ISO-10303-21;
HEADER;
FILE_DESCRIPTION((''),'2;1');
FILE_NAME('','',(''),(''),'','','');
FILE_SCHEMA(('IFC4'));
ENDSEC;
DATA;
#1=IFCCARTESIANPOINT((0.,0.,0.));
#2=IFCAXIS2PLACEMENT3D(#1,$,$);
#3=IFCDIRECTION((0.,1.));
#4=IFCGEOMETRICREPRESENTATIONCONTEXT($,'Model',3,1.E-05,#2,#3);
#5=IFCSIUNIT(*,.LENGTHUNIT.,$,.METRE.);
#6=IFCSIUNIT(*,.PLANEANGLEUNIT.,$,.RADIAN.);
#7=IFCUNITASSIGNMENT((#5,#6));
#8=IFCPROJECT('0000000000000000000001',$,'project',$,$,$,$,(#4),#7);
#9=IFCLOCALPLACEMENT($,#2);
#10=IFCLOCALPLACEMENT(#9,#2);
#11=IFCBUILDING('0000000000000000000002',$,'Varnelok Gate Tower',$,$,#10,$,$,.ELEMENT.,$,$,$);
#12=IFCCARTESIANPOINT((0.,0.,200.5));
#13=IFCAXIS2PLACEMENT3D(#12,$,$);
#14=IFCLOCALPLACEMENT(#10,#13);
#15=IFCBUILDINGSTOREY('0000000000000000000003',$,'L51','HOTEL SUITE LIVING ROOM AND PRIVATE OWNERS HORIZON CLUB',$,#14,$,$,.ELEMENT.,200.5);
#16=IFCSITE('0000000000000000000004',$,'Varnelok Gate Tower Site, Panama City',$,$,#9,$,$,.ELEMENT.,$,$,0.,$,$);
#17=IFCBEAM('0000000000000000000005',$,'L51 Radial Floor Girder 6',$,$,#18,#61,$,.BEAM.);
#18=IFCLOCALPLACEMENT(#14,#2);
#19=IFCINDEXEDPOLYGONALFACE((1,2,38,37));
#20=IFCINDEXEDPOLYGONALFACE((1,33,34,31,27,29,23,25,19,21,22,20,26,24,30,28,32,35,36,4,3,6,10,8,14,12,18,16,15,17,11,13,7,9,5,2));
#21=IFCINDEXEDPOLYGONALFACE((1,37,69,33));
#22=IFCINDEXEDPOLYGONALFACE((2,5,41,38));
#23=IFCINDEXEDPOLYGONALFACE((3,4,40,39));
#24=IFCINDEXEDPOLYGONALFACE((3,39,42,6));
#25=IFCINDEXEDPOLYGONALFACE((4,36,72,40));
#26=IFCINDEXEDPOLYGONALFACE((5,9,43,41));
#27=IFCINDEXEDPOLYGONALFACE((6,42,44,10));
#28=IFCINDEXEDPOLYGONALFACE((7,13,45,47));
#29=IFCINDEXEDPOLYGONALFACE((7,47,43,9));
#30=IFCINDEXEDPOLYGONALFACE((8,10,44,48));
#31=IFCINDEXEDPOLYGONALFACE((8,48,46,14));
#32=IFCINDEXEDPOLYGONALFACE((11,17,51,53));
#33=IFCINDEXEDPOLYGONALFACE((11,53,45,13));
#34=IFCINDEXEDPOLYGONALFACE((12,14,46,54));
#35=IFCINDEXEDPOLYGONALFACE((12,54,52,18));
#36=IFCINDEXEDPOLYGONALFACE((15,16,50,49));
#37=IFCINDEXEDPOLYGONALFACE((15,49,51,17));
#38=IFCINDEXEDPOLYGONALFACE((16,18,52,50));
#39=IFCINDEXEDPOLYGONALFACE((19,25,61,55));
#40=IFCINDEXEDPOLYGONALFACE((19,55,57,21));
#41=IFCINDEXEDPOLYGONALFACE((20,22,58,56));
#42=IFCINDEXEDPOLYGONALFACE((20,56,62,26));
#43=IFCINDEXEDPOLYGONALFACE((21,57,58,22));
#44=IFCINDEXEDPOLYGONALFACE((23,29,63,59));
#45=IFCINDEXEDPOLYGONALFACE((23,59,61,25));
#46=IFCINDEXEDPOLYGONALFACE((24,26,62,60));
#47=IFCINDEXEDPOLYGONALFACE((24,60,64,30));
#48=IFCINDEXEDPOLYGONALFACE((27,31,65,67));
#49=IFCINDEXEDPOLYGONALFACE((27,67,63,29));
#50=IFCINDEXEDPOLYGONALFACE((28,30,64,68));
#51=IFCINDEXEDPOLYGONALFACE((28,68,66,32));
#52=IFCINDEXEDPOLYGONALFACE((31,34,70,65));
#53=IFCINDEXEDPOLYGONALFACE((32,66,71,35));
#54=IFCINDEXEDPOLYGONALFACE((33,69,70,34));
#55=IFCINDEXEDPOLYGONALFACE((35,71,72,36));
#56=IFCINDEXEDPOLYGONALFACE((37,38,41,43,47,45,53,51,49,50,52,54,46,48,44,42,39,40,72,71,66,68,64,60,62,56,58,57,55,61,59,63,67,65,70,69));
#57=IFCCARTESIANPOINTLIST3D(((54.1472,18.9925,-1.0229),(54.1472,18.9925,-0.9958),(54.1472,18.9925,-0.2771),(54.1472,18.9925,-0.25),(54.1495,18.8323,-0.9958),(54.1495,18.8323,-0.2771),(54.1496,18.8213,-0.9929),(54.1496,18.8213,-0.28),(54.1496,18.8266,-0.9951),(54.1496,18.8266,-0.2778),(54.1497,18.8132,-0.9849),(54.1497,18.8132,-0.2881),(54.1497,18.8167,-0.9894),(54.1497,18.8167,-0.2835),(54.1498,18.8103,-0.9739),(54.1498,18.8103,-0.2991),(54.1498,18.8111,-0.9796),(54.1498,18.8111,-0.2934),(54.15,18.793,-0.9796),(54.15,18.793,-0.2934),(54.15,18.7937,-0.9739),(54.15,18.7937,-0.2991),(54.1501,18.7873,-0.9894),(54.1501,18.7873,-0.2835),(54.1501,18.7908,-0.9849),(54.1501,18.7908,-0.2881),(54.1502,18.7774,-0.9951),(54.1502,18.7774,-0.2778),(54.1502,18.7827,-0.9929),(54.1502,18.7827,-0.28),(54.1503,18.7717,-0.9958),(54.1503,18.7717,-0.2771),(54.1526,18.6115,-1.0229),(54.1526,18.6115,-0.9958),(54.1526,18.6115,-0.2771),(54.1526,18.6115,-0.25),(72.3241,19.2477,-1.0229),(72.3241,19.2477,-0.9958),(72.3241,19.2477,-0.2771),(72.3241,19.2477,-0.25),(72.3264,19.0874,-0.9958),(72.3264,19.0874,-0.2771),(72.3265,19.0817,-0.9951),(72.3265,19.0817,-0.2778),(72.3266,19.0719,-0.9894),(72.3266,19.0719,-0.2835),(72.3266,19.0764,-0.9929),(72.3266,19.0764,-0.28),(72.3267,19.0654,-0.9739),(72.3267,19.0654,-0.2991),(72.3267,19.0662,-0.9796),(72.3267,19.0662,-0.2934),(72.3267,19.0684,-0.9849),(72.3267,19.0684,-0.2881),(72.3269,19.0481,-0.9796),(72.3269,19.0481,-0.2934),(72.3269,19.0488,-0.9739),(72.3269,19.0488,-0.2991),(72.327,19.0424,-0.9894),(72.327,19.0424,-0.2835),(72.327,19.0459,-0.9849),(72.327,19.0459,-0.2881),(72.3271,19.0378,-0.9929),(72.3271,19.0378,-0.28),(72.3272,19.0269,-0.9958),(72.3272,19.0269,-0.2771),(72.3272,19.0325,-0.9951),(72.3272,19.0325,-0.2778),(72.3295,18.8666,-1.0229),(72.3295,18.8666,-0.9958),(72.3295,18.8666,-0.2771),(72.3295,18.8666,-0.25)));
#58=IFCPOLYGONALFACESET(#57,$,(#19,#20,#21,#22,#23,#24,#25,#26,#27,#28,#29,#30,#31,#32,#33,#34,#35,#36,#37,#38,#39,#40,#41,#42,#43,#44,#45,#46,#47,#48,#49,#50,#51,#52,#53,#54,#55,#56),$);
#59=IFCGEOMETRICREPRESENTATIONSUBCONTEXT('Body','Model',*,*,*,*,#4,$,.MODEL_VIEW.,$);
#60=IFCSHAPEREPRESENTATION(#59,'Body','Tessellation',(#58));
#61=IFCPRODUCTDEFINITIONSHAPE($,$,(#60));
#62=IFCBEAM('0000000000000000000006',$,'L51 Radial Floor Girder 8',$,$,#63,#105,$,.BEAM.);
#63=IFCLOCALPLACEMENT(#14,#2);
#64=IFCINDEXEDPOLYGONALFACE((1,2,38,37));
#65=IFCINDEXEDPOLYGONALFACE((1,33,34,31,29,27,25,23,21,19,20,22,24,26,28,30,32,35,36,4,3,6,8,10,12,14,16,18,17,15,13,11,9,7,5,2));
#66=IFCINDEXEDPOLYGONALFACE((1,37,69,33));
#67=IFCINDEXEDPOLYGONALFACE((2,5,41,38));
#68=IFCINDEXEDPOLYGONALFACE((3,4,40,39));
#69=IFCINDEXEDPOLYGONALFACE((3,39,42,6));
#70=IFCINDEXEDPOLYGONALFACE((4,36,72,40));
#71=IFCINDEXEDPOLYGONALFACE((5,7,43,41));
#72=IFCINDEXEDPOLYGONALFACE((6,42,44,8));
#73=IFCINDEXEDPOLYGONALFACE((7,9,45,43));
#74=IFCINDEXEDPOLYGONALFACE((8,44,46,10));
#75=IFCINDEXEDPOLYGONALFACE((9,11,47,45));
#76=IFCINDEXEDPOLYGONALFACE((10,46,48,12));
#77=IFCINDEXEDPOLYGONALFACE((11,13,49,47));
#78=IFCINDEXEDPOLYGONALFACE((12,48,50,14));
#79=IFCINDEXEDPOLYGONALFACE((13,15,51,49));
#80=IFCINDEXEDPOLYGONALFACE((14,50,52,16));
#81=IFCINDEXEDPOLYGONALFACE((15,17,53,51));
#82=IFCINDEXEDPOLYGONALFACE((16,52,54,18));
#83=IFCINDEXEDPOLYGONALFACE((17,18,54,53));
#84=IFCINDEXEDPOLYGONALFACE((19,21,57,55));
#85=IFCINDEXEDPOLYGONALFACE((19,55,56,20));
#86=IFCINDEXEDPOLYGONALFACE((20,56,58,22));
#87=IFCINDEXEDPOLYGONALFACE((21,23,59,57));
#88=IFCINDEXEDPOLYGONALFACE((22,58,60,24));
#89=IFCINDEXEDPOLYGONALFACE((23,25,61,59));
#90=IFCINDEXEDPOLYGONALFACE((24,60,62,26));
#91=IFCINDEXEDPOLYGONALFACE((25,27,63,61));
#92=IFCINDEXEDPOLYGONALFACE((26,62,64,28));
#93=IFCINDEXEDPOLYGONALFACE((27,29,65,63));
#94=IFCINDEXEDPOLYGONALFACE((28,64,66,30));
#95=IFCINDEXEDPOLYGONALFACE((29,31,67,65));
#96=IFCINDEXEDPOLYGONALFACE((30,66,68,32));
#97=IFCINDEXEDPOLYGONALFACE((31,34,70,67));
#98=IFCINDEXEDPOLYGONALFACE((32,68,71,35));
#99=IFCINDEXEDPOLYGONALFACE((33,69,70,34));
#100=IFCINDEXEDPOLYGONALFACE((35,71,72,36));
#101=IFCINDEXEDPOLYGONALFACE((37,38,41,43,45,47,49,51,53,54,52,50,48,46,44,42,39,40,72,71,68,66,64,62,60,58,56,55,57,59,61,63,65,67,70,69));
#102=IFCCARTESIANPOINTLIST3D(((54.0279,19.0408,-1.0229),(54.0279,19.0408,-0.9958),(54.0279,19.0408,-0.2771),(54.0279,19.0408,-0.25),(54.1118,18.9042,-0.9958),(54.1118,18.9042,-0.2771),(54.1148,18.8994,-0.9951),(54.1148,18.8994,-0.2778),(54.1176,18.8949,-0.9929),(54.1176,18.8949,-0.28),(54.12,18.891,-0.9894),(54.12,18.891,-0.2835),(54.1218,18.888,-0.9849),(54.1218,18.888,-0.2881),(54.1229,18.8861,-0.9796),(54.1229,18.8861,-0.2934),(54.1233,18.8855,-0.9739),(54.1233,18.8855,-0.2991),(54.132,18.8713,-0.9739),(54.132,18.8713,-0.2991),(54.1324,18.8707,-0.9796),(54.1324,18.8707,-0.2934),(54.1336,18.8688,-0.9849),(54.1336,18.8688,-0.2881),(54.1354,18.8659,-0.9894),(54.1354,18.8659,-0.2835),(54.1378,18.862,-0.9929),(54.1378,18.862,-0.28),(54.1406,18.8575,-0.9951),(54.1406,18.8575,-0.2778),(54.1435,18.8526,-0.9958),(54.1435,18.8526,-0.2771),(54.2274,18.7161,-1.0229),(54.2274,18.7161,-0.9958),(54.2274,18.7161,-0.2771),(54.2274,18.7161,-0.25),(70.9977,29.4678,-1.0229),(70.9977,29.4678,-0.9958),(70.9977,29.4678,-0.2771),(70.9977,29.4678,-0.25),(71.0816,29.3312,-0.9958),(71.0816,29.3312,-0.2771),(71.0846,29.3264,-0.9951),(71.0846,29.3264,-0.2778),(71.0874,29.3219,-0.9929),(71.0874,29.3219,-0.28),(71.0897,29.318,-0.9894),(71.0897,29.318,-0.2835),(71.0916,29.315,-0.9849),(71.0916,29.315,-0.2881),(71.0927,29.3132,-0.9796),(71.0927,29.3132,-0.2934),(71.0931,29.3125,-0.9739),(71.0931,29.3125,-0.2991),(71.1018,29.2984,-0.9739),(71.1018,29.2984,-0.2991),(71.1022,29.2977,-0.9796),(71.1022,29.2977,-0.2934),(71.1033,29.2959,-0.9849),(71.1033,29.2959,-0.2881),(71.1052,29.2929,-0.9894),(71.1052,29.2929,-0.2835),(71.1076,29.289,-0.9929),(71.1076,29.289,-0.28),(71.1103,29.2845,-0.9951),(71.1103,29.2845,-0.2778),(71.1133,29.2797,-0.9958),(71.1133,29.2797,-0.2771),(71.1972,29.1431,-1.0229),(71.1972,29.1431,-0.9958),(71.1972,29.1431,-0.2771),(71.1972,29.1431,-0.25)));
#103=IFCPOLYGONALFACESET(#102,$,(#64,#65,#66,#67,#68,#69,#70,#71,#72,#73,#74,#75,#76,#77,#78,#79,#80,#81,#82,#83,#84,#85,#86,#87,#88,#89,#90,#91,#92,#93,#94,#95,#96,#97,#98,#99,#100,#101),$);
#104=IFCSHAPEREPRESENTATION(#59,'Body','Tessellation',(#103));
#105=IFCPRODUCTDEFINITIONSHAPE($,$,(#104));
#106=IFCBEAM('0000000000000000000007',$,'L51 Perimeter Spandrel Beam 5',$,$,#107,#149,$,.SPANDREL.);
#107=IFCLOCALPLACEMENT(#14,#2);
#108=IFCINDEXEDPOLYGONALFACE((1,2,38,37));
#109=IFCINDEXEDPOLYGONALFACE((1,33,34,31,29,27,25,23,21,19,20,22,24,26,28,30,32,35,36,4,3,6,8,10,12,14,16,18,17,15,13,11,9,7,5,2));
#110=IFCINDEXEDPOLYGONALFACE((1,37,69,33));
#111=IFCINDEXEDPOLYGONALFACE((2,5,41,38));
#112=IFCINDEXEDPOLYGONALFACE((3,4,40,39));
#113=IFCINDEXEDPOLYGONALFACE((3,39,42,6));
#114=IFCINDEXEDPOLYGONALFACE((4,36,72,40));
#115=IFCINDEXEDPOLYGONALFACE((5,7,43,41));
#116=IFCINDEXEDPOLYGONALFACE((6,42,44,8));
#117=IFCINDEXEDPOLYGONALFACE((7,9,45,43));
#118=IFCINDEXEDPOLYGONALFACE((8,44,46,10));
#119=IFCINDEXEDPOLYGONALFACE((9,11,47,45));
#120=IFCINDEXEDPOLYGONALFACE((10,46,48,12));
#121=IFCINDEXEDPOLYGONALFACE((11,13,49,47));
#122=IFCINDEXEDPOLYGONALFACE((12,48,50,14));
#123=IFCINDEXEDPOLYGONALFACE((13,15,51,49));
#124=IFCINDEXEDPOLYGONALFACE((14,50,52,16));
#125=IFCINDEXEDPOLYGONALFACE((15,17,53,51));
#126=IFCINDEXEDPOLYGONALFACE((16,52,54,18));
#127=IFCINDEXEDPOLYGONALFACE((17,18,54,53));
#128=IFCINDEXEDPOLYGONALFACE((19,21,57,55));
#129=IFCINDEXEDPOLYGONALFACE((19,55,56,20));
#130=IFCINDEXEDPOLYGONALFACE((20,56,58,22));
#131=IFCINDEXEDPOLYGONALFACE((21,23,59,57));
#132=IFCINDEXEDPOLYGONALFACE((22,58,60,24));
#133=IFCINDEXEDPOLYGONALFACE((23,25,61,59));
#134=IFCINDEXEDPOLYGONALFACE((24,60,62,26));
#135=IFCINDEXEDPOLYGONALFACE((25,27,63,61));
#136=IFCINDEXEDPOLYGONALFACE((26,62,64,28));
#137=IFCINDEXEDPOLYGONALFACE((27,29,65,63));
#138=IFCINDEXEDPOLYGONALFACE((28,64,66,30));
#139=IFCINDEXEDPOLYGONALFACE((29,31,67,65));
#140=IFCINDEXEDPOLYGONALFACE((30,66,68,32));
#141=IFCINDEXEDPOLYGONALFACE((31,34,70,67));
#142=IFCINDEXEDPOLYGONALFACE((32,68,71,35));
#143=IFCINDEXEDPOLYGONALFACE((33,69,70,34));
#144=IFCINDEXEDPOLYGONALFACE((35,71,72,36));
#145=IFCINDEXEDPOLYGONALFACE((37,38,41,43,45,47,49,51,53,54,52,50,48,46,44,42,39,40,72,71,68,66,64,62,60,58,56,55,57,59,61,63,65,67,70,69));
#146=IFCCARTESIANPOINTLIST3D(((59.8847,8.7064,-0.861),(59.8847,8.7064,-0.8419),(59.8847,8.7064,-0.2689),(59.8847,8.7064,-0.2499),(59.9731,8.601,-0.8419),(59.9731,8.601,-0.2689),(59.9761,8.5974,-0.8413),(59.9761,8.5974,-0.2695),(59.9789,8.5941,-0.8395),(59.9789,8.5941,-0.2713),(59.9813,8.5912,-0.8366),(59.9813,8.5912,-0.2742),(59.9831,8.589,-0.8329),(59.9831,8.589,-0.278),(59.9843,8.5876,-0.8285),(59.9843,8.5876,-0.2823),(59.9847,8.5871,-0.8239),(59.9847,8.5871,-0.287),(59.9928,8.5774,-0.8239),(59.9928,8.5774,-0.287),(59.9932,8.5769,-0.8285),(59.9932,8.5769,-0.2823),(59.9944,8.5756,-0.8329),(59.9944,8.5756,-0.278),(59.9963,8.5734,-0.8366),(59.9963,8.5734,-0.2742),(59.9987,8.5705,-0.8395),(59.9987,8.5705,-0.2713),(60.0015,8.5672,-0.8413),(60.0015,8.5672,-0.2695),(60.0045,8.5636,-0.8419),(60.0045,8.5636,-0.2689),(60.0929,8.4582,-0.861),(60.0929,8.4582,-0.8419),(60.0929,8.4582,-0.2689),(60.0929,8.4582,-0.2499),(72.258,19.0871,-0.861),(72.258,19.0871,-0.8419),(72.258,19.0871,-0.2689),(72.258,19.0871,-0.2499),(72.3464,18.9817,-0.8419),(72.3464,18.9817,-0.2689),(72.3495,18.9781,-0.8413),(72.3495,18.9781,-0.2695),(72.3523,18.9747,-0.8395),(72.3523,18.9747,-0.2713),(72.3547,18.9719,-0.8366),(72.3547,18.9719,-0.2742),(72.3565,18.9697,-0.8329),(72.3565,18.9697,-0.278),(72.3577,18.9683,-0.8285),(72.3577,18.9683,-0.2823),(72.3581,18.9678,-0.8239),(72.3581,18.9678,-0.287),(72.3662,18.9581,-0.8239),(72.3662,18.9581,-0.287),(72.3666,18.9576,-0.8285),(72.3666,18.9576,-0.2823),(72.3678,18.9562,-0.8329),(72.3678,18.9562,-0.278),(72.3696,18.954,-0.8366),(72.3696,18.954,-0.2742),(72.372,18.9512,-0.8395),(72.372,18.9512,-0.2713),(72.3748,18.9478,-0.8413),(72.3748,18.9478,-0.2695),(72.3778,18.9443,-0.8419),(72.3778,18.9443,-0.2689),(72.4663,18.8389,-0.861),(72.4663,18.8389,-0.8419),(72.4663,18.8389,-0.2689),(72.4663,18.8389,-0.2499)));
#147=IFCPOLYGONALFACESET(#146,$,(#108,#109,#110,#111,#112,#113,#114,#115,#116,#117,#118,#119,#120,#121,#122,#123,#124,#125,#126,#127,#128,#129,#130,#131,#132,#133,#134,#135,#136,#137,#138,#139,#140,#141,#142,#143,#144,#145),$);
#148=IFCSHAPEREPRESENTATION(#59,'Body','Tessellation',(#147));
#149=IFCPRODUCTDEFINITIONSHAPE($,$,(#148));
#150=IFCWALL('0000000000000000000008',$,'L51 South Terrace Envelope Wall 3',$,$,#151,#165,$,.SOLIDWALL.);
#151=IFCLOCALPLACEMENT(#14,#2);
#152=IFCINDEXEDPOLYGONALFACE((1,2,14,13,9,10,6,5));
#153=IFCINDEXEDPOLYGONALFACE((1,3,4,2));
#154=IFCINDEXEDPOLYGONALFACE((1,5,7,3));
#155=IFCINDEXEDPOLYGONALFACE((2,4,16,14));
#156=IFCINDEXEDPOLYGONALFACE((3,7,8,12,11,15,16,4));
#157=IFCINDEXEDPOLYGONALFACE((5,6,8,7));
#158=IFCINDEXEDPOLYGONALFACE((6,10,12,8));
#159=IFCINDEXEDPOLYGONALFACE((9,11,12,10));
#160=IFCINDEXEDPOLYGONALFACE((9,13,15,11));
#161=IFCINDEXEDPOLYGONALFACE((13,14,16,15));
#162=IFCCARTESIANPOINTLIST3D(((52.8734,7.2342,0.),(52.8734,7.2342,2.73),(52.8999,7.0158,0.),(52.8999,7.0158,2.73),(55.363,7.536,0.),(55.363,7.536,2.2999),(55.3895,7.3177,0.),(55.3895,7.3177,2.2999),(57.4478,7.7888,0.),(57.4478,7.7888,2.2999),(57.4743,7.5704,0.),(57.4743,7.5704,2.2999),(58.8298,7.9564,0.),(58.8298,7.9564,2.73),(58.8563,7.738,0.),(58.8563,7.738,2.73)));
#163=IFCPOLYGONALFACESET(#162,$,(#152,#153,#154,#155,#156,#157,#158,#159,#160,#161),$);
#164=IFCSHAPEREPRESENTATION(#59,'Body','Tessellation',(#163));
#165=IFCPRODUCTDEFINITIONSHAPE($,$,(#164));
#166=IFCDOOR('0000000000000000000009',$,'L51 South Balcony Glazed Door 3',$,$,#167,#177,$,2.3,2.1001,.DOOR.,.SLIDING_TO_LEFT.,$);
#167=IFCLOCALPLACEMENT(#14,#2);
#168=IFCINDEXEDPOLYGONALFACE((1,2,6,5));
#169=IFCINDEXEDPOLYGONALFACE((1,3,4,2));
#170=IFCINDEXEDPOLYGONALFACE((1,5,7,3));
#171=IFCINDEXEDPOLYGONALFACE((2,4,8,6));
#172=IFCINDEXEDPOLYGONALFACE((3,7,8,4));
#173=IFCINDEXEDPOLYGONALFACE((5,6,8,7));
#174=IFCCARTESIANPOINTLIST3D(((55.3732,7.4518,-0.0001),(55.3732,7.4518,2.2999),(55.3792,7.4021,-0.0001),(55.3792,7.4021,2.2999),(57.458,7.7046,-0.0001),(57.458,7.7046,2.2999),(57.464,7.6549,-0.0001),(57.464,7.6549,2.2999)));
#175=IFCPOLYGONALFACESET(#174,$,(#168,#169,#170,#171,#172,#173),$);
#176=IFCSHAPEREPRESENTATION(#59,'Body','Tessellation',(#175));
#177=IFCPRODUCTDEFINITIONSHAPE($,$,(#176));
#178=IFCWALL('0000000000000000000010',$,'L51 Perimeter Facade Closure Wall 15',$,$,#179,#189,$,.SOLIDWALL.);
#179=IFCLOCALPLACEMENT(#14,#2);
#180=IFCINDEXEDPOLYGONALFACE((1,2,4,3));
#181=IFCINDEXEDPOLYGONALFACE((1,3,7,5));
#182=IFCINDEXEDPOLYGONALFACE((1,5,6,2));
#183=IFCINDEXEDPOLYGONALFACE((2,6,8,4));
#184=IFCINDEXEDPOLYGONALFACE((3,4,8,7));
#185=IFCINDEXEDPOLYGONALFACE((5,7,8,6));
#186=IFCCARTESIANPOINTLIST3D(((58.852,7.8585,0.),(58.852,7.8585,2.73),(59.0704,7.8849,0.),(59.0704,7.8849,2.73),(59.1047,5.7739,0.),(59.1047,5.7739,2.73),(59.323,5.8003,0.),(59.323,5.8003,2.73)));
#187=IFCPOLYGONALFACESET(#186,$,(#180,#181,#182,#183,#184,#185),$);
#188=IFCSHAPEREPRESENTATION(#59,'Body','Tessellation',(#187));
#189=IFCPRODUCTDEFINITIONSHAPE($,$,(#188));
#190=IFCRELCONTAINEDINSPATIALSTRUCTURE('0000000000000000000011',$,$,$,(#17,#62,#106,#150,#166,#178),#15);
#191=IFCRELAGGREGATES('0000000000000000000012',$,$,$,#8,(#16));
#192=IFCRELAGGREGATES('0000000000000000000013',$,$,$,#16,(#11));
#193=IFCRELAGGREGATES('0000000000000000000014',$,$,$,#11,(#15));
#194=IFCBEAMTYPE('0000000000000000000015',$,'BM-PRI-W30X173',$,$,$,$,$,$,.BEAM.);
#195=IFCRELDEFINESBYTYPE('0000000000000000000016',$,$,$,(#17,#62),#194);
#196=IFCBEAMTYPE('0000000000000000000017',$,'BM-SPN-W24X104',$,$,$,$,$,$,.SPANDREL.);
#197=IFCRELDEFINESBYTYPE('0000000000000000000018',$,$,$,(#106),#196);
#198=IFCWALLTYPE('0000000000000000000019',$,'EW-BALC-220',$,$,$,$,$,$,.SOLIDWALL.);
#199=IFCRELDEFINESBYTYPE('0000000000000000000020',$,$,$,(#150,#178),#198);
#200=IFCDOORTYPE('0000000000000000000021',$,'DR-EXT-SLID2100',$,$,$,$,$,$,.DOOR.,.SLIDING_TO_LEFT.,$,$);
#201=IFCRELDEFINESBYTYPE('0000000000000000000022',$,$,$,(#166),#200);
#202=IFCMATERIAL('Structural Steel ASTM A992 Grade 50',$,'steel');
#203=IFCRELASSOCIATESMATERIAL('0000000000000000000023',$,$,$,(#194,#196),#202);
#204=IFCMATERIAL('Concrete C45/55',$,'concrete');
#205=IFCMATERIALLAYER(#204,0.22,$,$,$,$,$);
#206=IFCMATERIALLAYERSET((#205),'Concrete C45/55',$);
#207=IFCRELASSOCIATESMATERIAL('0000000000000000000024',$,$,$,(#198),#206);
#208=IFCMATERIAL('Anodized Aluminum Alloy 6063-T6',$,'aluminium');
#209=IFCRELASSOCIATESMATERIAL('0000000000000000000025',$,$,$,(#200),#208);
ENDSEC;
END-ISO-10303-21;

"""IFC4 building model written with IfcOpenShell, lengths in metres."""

from ifc_helpers import new_model, si_unit, direction, frame, frame_2d, origin, origin_2d, place, context, subcontext, project, spatial, rectangle, i_section, extrude, material, layer, layer_set, material_profile, profile_set, type_object, element, fill, save


model = new_model("IFC4")

# Units and contexts
model_context = context("Model", 3, precision=1e-05, world=origin(), true_north=direction((0.0, 1.0)))
body_context = subcontext(model_context, "Body", "Model", "MODEL_VIEW")
ifc_project = project(units=[si_unit("LENGTHUNIT", "METRE"), si_unit("PLANEANGLEUNIT", "RADIAN")], contexts=[model_context])

# Site, building, storey
site_placement = place(None, origin())
site = spatial("IfcSite", under=ifc_project, at=site_placement, Name="Varnelok Gate Tower Site, Panama City", CompositionType="ELEMENT", RefElevation=0.0)
building_placement = place(site_placement, origin())
building = spatial("IfcBuilding", under=site, at=building_placement, Name="Varnelok Gate Tower", CompositionType="ELEMENT")
storey_placement = place(building_placement, frame((0.0, 0.0, 200.5)))
storey = spatial("IfcBuildingStorey", under=building, at=storey_placement, Name="L51", Description="HOTEL SUITE LIVING ROOM AND PRIVATE OWNERS HORIZON CLUB", CompositionType="ELEMENT", Elevation=200.5)

# Shared definitions
ifc_material_1 = material(Name="Structural Steel ASTM A992 Grade 50", Category="steel")

# Beams
ifc_material_profile_1 = material_profile(ifc_material_1, i_section(OverallWidth=0.3811, OverallDepth=0.7729, WebThickness=0.0166, FlangeThickness=0.0271, FilletRadius=0.022, at=origin_2d()), Name="W30X173")
ifc_profile_set_1 = profile_set([ifc_material_profile_1], Name="Structural Steel ASTM A992 Grade 50")
beam_type_1 = type_object("IfcBeamType", Name="BM-PRI-W30X173", PredefinedType="BEAM", material=ifc_profile_set_1)
beam_1_placement = place(storey_placement, frame((54.1499, 18.802, -0.6365), z_axis=(0.999902, 0.014034, 0.0), x_axis=(-0.014034, 0.999902, 0.0)))
element("IfcBeam", 1, at=beam_1_placement, inside=storey, type_object=beam_type_1, Name="L51 Radial Floor Girder 6", PredefinedType="BEAM", context=body_context, shape_type="SweptSolid", body=[
    extrude(i_section(OverallWidth=0.3811, OverallDepth=0.7729, WebThickness=0.0166, FlangeThickness=0.0271, FilletRadius=0.022, at=origin_2d()), origin(), (0.0, 0.0, 1.0), 18.1787),
])
beam_2_placement = place(storey_placement, frame((54.1277, 18.8784, -0.6365), z_axis=(0.852015, 0.523518, 0.0), x_axis=(-0.523518, 0.852015, 0.0)))
element("IfcBeam", 2, at=beam_2_placement, inside=storey, type_object=beam_type_1, Name="L51 Radial Floor Girder 8", PredefinedType="BEAM", context=body_context, shape_type="SweptSolid", body=[
    extrude(i_section(OverallWidth=0.3811, OverallDepth=0.7729, WebThickness=0.0166, FlangeThickness=0.0271, FilletRadius=0.022, at=origin_2d()), origin(), (0.0, 0.0, 1.0), 19.9172),
])
ifc_material_profile_2 = material_profile(ifc_material_1, i_section(OverallWidth=0.324, OverallDepth=0.6111, WebThickness=0.0127, FlangeThickness=0.019, FilletRadius=0.0181, at=origin_2d()), Name="W24X104")
ifc_profile_set_2 = profile_set([ifc_material_profile_2], Name="Structural Steel ASTM A992 Grade 50")
beam_type_2 = type_object("IfcBeamType", Name="BM-SPN-W24X104", PredefinedType="SPANDREL", material=ifc_profile_set_2)
beam_3_placement = place(storey_placement, frame((59.9888, 8.5823, -0.5554), z_axis=(0.7661, 0.642722, 0.0), x_axis=(-0.642722, 0.7661, 0.0)))
element("IfcBeam", 3, at=beam_3_placement, inside=storey, type_object=beam_type_2, Name="L51 Perimeter Spandrel Beam 5", PredefinedType="SPANDREL", context=body_context, shape_type="SweptSolid", body=[
    extrude(i_section(OverallWidth=0.324, OverallDepth=0.6111, WebThickness=0.0127, FlangeThickness=0.019, FilletRadius=0.0181, at=origin_2d()), origin(), (0.0, 0.0, 1.0), 16.1511),
])

# Wall, opening, door
ifc_material_2 = material(Name="Concrete C45/55", Category="concrete")
ifc_layer_1 = layer(ifc_material_2, 0.22)
ifc_layer_set_1 = layer_set([ifc_layer_1], Name="Concrete C45/55")
wall_type_1 = type_object("IfcWallType", Name="EW-BALC-220", PredefinedType="SOLIDWALL", material=ifc_layer_set_1)
wall_1_placement = place(storey_placement, frame((58.843, 7.8472, 0.0), z_axis=(0.0, 0.0, 1.0), x_axis=(-0.99273, -0.120363, 0.0)))
wall_1 = element("IfcWall", 4, at=wall_1_placement, inside=storey, type_object=wall_type_1, Name="L51 South Terrace Envelope Wall 3", PredefinedType="SOLIDWALL", context=body_context, shape_type="SweptSolid", body=[
    extrude(rectangle(XDim=6.0, YDim=0.22, at=frame_2d((3.0, 0.0))), origin(), (0.0, 0.0, 1.0), 2.73),
])
opening_1_placement = place(wall_1_placement, frame((1.3921, 0.0, 0.0)))
opening_1 = element("IfcOpeningElement", 5, at=opening_1_placement, cuts=wall_1, PredefinedType="OPENING", context=body_context, shape_type="SweptSolid", body=[
    extrude(rectangle(XDim=2.1001, YDim=2.3, at=frame_2d((1.05, 1.1499))), frame((0.0, 0.1199, 0.0), z_axis=(0.0, -1.0, 0.0), x_axis=(1.0, 0.0, 0.0)), (0.0, 0.0, 1.0), 0.24),
])
ifc_material_3 = material(Name="Anodized Aluminum Alloy 6063-T6", Category="aluminium")
door_type_1 = type_object("IfcDoorType", Name="DR-EXT-SLID2100", OperationType="SLIDING_TO_LEFT", PredefinedType="DOOR", material=ifc_material_3)
door_1_placement = place(opening_1_placement, origin())
door_1 = element("IfcDoor", 6, at=door_1_placement, inside=storey, type_object=door_type_1, Name="L51 South Balcony Glazed Door 3", OperationType="SLIDING_TO_LEFT", OverallHeight=2.3, OverallWidth=2.1001, PredefinedType="DOOR", context=body_context, shape_type="SweptSolid", body=[
    extrude(rectangle(XDim=2.1001, YDim=2.3, at=frame_2d((1.05, 1.1499))), frame((0.0, 0.0249, 0.0), z_axis=(0.0, -1.0, 0.0), x_axis=(1.0, 0.0, 0.0)), (0.0, 0.0, 1.0), 0.05),
])
fill(opening_1, door_1)

# Wall
wall_2_placement = place(storey_placement, frame((58.9612, 7.8716, 0.0), z_axis=(0.0, 0.0, 1.0), x_axis=(0.120328, -0.992734, 0.0)))
element("IfcWall", 7, at=wall_2_placement, inside=storey, type_object=wall_type_1, Name="L51 Perimeter Facade Closure Wall 15", PredefinedType="SOLIDWALL", context=body_context, shape_type="SweptSolid", body=[
    extrude(rectangle(XDim=2.0999, YDim=0.22, at=frame_2d((1.0498, 0.0))), origin(), (0.0, 0.0, 1.0), 2.73),
])

save(model, "model.ifc")
